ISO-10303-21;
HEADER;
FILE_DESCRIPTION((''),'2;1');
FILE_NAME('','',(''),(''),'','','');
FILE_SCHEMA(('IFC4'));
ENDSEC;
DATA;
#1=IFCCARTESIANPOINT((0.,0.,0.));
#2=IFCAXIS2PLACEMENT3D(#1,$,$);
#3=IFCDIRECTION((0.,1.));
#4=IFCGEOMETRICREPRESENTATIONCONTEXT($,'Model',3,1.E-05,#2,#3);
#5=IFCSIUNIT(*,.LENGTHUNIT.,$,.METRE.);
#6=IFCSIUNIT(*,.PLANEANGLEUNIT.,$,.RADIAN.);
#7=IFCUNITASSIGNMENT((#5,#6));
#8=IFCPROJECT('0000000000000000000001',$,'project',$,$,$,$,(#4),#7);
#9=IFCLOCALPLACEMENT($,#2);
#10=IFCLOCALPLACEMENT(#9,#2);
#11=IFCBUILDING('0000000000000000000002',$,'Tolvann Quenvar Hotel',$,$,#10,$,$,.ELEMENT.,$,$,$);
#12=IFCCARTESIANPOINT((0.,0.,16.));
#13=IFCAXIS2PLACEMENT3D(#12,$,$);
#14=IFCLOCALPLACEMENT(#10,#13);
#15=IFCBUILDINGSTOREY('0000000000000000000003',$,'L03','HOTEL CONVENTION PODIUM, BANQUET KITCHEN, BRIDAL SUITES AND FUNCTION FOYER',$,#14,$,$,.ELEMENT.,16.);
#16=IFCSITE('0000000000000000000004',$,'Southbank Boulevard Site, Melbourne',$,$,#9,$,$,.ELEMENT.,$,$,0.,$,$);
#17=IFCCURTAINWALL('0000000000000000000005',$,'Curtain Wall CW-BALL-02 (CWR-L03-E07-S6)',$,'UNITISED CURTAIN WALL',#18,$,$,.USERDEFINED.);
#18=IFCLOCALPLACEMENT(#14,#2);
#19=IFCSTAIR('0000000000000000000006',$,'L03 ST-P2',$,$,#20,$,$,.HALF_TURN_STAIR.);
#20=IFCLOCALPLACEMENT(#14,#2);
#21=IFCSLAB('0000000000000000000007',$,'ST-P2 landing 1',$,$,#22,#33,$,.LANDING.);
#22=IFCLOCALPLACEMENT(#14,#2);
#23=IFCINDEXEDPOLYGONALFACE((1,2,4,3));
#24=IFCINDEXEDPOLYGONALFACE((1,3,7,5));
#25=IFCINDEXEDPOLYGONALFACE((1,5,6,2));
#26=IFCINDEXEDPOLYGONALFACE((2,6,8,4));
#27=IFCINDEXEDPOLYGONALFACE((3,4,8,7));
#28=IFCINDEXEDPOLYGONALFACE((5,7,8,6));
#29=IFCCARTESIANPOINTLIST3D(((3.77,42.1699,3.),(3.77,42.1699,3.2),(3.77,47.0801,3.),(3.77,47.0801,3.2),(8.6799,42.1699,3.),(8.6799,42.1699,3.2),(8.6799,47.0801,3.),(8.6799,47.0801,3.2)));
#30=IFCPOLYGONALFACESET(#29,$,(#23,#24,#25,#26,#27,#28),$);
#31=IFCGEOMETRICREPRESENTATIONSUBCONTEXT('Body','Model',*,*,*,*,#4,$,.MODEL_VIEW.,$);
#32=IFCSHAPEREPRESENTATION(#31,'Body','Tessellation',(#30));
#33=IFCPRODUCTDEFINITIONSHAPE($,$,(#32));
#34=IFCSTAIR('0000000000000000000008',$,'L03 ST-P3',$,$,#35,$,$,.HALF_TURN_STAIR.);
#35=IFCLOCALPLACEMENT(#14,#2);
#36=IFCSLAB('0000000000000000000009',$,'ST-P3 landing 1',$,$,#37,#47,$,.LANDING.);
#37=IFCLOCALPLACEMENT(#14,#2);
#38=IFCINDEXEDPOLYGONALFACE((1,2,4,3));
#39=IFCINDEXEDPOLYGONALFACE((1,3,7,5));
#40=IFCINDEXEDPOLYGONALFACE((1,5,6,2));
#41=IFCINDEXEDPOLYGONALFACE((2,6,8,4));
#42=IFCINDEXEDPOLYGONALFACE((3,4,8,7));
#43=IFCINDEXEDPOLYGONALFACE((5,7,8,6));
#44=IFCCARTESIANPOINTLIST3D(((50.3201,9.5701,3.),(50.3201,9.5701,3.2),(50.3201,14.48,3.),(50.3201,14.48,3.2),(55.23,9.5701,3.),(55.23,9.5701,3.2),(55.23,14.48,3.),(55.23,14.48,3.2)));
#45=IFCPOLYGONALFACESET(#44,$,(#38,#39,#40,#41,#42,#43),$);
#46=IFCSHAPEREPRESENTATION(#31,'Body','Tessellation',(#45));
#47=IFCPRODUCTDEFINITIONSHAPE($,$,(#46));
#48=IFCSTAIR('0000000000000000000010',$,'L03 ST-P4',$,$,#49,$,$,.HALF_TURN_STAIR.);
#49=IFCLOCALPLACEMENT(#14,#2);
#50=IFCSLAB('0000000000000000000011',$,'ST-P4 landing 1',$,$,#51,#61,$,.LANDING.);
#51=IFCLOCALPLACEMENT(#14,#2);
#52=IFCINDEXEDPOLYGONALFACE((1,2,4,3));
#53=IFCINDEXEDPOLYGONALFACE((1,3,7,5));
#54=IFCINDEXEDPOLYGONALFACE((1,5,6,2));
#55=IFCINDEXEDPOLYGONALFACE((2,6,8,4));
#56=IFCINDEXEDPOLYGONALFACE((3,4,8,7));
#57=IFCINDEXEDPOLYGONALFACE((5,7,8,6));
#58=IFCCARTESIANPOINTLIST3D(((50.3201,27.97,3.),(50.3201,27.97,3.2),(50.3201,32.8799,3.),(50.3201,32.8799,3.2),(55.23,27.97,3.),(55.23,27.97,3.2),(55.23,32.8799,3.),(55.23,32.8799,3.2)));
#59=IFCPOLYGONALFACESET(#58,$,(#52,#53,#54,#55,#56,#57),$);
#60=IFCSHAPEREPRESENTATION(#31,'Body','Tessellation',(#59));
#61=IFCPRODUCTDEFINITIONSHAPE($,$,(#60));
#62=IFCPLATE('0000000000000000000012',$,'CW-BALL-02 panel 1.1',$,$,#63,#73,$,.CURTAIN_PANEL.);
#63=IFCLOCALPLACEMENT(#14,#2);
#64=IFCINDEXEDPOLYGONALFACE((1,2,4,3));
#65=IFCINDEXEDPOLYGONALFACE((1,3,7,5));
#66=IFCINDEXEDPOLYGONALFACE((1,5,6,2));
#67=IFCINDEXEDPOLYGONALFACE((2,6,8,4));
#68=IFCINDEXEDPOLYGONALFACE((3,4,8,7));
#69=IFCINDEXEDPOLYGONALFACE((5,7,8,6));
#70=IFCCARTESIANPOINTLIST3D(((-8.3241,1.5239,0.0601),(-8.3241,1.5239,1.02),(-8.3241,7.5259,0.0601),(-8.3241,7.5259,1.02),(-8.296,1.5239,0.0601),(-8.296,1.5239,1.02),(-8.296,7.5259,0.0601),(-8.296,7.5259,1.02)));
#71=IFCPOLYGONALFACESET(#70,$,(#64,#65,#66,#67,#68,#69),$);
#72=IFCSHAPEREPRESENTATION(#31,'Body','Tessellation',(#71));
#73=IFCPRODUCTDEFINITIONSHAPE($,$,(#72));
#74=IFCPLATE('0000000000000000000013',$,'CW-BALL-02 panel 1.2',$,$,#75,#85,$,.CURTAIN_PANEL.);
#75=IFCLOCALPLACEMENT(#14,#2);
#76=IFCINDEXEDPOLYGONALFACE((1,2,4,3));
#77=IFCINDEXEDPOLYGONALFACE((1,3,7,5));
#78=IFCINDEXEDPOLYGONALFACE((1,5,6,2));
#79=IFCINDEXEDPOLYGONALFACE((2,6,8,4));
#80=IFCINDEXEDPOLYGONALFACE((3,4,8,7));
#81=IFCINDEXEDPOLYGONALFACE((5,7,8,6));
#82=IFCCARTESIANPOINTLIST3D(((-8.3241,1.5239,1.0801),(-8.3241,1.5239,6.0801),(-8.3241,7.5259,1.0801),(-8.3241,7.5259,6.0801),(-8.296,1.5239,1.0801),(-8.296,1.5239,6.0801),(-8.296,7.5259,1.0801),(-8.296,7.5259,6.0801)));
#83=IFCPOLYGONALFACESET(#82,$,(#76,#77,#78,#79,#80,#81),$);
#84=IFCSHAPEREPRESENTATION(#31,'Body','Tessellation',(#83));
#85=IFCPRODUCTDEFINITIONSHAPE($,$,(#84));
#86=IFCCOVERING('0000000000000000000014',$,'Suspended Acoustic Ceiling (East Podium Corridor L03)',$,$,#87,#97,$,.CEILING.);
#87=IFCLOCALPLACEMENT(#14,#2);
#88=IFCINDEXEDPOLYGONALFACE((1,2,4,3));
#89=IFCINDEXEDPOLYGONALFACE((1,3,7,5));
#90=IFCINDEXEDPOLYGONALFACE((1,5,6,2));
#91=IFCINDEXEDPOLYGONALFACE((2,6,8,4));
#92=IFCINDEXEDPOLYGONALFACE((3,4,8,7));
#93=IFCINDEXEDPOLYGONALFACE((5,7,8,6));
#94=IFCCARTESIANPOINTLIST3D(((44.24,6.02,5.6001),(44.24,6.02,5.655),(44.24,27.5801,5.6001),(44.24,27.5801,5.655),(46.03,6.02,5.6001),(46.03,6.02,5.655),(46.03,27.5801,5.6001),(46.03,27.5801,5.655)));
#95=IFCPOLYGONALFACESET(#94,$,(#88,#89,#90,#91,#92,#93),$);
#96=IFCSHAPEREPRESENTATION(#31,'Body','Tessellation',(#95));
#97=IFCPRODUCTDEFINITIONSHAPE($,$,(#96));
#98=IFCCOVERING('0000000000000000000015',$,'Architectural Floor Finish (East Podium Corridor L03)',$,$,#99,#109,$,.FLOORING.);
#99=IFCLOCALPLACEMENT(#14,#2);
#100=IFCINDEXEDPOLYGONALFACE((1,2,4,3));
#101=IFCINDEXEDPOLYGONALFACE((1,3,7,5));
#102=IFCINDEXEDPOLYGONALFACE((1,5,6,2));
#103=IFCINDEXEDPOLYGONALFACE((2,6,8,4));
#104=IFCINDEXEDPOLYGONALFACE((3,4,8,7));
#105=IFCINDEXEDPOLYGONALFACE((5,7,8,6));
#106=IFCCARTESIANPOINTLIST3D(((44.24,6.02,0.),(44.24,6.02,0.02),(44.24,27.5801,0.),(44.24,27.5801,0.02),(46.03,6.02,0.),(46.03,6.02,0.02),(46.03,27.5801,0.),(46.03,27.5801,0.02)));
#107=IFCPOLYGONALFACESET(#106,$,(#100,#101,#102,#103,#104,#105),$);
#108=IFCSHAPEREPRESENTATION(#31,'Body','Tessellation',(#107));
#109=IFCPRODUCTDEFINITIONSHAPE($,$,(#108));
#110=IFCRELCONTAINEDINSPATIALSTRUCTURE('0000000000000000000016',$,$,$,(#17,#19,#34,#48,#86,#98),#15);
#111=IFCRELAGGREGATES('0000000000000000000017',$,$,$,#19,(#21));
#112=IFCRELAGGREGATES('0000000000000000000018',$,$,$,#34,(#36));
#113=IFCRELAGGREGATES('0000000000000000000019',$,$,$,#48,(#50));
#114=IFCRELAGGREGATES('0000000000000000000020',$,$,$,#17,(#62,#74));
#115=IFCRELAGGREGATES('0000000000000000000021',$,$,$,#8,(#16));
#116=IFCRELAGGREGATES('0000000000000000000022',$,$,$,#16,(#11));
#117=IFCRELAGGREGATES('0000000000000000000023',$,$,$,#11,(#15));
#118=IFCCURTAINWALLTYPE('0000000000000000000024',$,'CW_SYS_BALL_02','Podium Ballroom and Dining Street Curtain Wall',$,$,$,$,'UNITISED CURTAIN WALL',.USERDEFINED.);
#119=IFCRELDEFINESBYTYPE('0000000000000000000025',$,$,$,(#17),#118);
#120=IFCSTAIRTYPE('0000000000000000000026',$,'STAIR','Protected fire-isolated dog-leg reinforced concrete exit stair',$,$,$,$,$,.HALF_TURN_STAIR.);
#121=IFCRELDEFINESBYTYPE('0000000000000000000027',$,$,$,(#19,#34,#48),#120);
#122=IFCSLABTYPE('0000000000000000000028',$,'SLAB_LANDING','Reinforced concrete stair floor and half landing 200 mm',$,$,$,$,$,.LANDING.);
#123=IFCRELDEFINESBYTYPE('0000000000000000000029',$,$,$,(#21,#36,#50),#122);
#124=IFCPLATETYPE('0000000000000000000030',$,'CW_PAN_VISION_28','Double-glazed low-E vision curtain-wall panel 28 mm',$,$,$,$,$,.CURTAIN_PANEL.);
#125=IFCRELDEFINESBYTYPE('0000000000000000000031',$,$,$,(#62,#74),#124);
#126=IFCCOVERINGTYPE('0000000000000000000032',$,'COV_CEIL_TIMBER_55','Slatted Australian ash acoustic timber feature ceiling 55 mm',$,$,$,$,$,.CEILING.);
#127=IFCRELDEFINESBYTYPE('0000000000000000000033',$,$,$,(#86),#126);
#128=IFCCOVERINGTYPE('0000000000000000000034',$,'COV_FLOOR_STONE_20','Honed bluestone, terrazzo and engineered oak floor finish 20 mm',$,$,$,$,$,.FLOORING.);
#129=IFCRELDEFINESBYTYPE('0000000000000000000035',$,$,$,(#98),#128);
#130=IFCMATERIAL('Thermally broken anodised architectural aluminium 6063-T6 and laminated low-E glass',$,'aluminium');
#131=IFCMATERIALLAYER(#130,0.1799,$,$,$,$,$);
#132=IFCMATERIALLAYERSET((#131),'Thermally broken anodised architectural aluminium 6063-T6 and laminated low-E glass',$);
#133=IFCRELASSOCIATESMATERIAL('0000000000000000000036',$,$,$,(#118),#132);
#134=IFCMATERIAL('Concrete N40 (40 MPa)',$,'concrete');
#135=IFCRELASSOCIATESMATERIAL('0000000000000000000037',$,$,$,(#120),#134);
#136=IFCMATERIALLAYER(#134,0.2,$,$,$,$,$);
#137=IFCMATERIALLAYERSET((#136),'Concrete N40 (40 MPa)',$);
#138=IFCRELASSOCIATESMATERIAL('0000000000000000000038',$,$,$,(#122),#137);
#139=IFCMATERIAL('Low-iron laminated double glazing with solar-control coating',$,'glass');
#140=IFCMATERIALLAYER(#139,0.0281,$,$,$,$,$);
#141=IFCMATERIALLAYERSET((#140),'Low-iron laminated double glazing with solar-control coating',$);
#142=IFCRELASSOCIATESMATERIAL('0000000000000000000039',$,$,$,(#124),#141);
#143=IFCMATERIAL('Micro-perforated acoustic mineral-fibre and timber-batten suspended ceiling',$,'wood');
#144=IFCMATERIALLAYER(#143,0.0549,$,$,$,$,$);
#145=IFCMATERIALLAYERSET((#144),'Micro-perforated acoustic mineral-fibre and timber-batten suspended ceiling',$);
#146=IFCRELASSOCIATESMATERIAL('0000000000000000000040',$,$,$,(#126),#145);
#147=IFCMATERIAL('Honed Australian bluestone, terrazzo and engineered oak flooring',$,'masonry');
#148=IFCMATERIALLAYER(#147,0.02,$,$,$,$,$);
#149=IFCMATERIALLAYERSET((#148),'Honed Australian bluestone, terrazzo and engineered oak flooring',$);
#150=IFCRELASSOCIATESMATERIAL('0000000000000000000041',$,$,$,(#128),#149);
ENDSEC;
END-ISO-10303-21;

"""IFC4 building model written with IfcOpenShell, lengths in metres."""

from ifc_helpers import new_model, si_unit, direction, frame, origin, origin_2d, place, context, subcontext, project, spatial, polyline, rectangle, outline, extrude, source, transform, mapped, material, layer, layer_set, type_object, type_shapes, element, aggregate, save


model = new_model("IFC4")

# Units and contexts
model_context = context("Model", 3, precision=1e-05, world=origin(), true_north=direction((0.0, 1.0)))
body_context = subcontext(model_context, "Body", "Model", "MODEL_VIEW")
ifc_project = project(units=[si_unit("LENGTHUNIT", "METRE"), si_unit("PLANEANGLEUNIT", "RADIAN")], contexts=[model_context])

# Site, building, storey
site_placement = place(None, origin())
site = spatial("IfcSite", under=ifc_project, at=site_placement, Name="Southbank Boulevard Site, Melbourne", CompositionType="ELEMENT", RefElevation=0.0)
building_placement = place(site_placement, origin())
building = spatial("IfcBuilding", under=site, at=building_placement, Name="Tolvann Quenvar Hotel", CompositionType="ELEMENT")
storey_placement = place(building_placement, frame((0.0, 0.0, 16.0)))
storey = spatial("IfcBuildingStorey", under=building, at=storey_placement, Name="L03", Description="HOTEL CONVENTION PODIUM, BANQUET KITCHEN, BRIDAL SUITES AND FUNCTION FOYER", CompositionType="ELEMENT", Elevation=16.0)

# Shared definitions
ifc_material_1 = material(Name="Thermally broken anodised architectural aluminium 6063-T6 and laminated low-E glass", Category="aluminium")
ifc_layer_1 = layer(ifc_material_1, 0.1799)
ifc_layer_set_1 = layer_set([ifc_layer_1], Name="Thermally broken anodised architectural aluminium 6063-T6 and laminated low-E glass")
curtain_wall_type = type_object("IfcCurtainWallType", Name="CW_SYS_BALL_02", Description="Podium Ballroom and Dining Street Curtain Wall", ElementType="UNITISED CURTAIN WALL", PredefinedType="USERDEFINED", material=ifc_layer_set_1)

# Curtain wall
curtain_wall_1_placement = place(storey_placement, origin())
curtain_wall_1 = element("IfcCurtainWall", 1, at=curtain_wall_1_placement, inside=storey, type_object=curtain_wall_type, Name="Curtain Wall CW-BALL-02 (CWR-L03-E07-S6)", ObjectType="UNITISED CURTAIN WALL", PredefinedType="USERDEFINED")

# Stairs, slabs
ifc_material_2 = material(Name="Concrete N40 (40 MPa)", Category="concrete")
stair_type = type_object("IfcStairType", Name="STAIR", Description="Protected fire-isolated dog-leg reinforced concrete exit stair", PredefinedType="HALF_TURN_STAIR", material=ifc_material_2)
ifc_layer_2 = layer(ifc_material_2, 0.2)
ifc_layer_set_2 = layer_set([ifc_layer_2], Name="Concrete N40 (40 MPa)")
slab_type = type_object("IfcSlabType", Name="SLAB_LANDING", Description="Reinforced concrete stair floor and half landing 200 mm", PredefinedType="LANDING", material=ifc_layer_set_2)
stair_1_placement = place(storey_placement, origin())
stair_1 = element("IfcStair", 2, at=stair_1_placement, inside=storey, type_object=stair_type, Name="L03 ST-P2", PredefinedType="HALF_TURN_STAIR")
slab_1_placement = place(storey_placement, frame((0.0, 0.0, 3.0)))
slab_1 = element("IfcSlab", 3, at=slab_1_placement, type_object=slab_type, Name="ST-P2 landing 1", PredefinedType="LANDING", context=body_context, shape_type="SweptSolid", body=[
    extrude(outline(polyline([(8.6799, 42.1699), (8.6799, 47.0801), (3.77, 47.0801), (3.77, 42.1699), (8.6799, 42.1699)])), origin(), (0.0, 0.0, 1.0), 0.2),
])
aggregate(stair_1, [slab_1])
stair_2_placement = place(storey_placement, origin())
stair_2 = element("IfcStair", 4, at=stair_2_placement, inside=storey, type_object=stair_type, Name="L03 ST-P3", PredefinedType="HALF_TURN_STAIR")
slab_2_placement = place(storey_placement, frame((0.0, 0.0, 3.0)))
slab_2 = element("IfcSlab", 5, at=slab_2_placement, type_object=slab_type, Name="ST-P3 landing 1", PredefinedType="LANDING", context=body_context, shape_type="SweptSolid", body=[
    extrude(outline(polyline([(55.23, 9.5701), (55.23, 14.48), (50.3201, 14.48), (50.3201, 9.5701), (55.23, 9.5701)])), origin(), (0.0, 0.0, 1.0), 0.2),
])
aggregate(stair_2, [slab_2])
stair_3_placement = place(storey_placement, origin())
stair_3 = element("IfcStair", 6, at=stair_3_placement, inside=storey, type_object=stair_type, Name="L03 ST-P4", PredefinedType="HALF_TURN_STAIR")
slab_3_placement = place(storey_placement, frame((0.0, 0.0, 3.0)))
slab_3 = element("IfcSlab", 7, at=slab_3_placement, type_object=slab_type, Name="ST-P4 landing 1", PredefinedType="LANDING", context=body_context, shape_type="SweptSolid", body=[
    extrude(outline(polyline([(55.23, 27.97), (55.23, 32.8799), (50.3201, 32.8799), (50.3201, 27.97), (55.23, 27.97)])), origin(), (0.0, 0.0, 1.0), 0.2),
])
aggregate(stair_3, [slab_3])

# Plates
ifc_material_3 = material(Name="Low-iron laminated double glazing with solar-control coating", Category="glass")
ifc_layer_3 = layer(ifc_material_3, 0.0281)
ifc_layer_set_3 = layer_set([ifc_layer_3], Name="Low-iron laminated double glazing with solar-control coating")
plate_type = type_object("IfcPlateType", Name="CW_PAN_VISION_28", Description="Double-glazed low-E vision curtain-wall panel 28 mm", PredefinedType="CURTAIN_PANEL", material=ifc_layer_set_3)
shared_shape_1 = source(origin(), body_context, "Body", "SweptSolid", [
    extrude(rectangle(XDim=6.002, YDim=0.0281, at=origin_2d()), origin(), (0.0, 0.0, 1.0), 0.96),
])
plate_1_placement = place(storey_placement, frame((-8.3101, 4.5249, 0.0601), z_axis=(0.0, 0.0, 1.0), x_axis=(0.0, -1.0, 0.0)))
plate_1 = element("IfcPlate", 8, at=plate_1_placement, type_object=plate_type, Name="CW-BALL-02 panel 1.1", PredefinedType="CURTAIN_PANEL", context=body_context, shape_type="MappedRepresentation", body=[
    mapped(shared_shape_1, transform((0.0, 0.0, 0.0), x_axis=(1.0, 0.0, 0.0), y_axis=(0.0, 1.0, 0.0), z_axis=(0.0, 0.0, 1.0), scale=1.0)),
])
shared_shape_2 = source(origin(), body_context, "Body", "SweptSolid", [
    extrude(rectangle(XDim=6.002, YDim=0.0281, at=origin_2d()), origin(), (0.0, 0.0, 1.0), 5.0),
])
type_shapes(plate_type, [shared_shape_1, shared_shape_2])
plate_2_placement = place(storey_placement, frame((-8.3101, 4.5249, 1.0801), z_axis=(0.0, 0.0, 1.0), x_axis=(0.0, -1.0, 0.0)))
plate_2 = element("IfcPlate", 9, at=plate_2_placement, type_object=plate_type, Name="CW-BALL-02 panel 1.2", PredefinedType="CURTAIN_PANEL", context=body_context, shape_type="MappedRepresentation", body=[
    mapped(shared_shape_2, transform((0.0, 0.0, 0.0), x_axis=(1.0, 0.0, 0.0), y_axis=(0.0, 1.0, 0.0), z_axis=(0.0, 0.0, 1.0), scale=1.0)),
])
aggregate(curtain_wall_1, [plate_1, plate_2])

# Coverings
ifc_material_4 = material(Name="Micro-perforated acoustic mineral-fibre and timber-batten suspended ceiling", Category="wood")
ifc_layer_4 = layer(ifc_material_4, 0.0549)
ifc_layer_set_4 = layer_set([ifc_layer_4], Name="Micro-perforated acoustic mineral-fibre and timber-batten suspended ceiling")
covering_type_1 = type_object("IfcCoveringType", Name="COV_CEIL_TIMBER_55", Description="Slatted Australian ash acoustic timber feature ceiling 55 mm", PredefinedType="CEILING", material=ifc_layer_set_4)
covering_1_placement = place(storey_placement, frame((0.0, 0.0, 5.6001)))
element("IfcCovering", 10, at=covering_1_placement, inside=storey, type_object=covering_type_1, Name="Suspended Acoustic Ceiling (East Podium Corridor L03)", PredefinedType="CEILING", context=body_context, shape_type="SweptSolid", body=[
    extrude(outline(polyline([(44.24, 6.02), (46.03, 6.02), (46.03, 27.5801), (44.24, 27.5801), (44.24, 6.02)])), origin(), (0.0, 0.0, 1.0), 0.0549),
])
ifc_material_5 = material(Name="Honed Australian bluestone, terrazzo and engineered oak flooring", Category="masonry")
ifc_layer_5 = layer(ifc_material_5, 0.02)
ifc_layer_set_5 = layer_set([ifc_layer_5], Name="Honed Australian bluestone, terrazzo and engineered oak flooring")
covering_type_2 = type_object("IfcCoveringType", Name="COV_FLOOR_STONE_20", Description="Honed bluestone, terrazzo and engineered oak floor finish 20 mm", PredefinedType="FLOORING", material=ifc_layer_set_5)
covering_2_placement = place(storey_placement, origin())
element("IfcCovering", 11, at=covering_2_placement, inside=storey, type_object=covering_type_2, Name="Architectural Floor Finish (East Podium Corridor L03)", PredefinedType="FLOORING", context=body_context, shape_type="SweptSolid", body=[
    extrude(outline(polyline([(44.24, 6.02), (46.03, 6.02), (46.03, 27.5801), (44.24, 27.5801), (44.24, 6.02)])), origin(), (0.0, 0.0, 1.0), 0.02),
])

save(model, "model.ifc")
